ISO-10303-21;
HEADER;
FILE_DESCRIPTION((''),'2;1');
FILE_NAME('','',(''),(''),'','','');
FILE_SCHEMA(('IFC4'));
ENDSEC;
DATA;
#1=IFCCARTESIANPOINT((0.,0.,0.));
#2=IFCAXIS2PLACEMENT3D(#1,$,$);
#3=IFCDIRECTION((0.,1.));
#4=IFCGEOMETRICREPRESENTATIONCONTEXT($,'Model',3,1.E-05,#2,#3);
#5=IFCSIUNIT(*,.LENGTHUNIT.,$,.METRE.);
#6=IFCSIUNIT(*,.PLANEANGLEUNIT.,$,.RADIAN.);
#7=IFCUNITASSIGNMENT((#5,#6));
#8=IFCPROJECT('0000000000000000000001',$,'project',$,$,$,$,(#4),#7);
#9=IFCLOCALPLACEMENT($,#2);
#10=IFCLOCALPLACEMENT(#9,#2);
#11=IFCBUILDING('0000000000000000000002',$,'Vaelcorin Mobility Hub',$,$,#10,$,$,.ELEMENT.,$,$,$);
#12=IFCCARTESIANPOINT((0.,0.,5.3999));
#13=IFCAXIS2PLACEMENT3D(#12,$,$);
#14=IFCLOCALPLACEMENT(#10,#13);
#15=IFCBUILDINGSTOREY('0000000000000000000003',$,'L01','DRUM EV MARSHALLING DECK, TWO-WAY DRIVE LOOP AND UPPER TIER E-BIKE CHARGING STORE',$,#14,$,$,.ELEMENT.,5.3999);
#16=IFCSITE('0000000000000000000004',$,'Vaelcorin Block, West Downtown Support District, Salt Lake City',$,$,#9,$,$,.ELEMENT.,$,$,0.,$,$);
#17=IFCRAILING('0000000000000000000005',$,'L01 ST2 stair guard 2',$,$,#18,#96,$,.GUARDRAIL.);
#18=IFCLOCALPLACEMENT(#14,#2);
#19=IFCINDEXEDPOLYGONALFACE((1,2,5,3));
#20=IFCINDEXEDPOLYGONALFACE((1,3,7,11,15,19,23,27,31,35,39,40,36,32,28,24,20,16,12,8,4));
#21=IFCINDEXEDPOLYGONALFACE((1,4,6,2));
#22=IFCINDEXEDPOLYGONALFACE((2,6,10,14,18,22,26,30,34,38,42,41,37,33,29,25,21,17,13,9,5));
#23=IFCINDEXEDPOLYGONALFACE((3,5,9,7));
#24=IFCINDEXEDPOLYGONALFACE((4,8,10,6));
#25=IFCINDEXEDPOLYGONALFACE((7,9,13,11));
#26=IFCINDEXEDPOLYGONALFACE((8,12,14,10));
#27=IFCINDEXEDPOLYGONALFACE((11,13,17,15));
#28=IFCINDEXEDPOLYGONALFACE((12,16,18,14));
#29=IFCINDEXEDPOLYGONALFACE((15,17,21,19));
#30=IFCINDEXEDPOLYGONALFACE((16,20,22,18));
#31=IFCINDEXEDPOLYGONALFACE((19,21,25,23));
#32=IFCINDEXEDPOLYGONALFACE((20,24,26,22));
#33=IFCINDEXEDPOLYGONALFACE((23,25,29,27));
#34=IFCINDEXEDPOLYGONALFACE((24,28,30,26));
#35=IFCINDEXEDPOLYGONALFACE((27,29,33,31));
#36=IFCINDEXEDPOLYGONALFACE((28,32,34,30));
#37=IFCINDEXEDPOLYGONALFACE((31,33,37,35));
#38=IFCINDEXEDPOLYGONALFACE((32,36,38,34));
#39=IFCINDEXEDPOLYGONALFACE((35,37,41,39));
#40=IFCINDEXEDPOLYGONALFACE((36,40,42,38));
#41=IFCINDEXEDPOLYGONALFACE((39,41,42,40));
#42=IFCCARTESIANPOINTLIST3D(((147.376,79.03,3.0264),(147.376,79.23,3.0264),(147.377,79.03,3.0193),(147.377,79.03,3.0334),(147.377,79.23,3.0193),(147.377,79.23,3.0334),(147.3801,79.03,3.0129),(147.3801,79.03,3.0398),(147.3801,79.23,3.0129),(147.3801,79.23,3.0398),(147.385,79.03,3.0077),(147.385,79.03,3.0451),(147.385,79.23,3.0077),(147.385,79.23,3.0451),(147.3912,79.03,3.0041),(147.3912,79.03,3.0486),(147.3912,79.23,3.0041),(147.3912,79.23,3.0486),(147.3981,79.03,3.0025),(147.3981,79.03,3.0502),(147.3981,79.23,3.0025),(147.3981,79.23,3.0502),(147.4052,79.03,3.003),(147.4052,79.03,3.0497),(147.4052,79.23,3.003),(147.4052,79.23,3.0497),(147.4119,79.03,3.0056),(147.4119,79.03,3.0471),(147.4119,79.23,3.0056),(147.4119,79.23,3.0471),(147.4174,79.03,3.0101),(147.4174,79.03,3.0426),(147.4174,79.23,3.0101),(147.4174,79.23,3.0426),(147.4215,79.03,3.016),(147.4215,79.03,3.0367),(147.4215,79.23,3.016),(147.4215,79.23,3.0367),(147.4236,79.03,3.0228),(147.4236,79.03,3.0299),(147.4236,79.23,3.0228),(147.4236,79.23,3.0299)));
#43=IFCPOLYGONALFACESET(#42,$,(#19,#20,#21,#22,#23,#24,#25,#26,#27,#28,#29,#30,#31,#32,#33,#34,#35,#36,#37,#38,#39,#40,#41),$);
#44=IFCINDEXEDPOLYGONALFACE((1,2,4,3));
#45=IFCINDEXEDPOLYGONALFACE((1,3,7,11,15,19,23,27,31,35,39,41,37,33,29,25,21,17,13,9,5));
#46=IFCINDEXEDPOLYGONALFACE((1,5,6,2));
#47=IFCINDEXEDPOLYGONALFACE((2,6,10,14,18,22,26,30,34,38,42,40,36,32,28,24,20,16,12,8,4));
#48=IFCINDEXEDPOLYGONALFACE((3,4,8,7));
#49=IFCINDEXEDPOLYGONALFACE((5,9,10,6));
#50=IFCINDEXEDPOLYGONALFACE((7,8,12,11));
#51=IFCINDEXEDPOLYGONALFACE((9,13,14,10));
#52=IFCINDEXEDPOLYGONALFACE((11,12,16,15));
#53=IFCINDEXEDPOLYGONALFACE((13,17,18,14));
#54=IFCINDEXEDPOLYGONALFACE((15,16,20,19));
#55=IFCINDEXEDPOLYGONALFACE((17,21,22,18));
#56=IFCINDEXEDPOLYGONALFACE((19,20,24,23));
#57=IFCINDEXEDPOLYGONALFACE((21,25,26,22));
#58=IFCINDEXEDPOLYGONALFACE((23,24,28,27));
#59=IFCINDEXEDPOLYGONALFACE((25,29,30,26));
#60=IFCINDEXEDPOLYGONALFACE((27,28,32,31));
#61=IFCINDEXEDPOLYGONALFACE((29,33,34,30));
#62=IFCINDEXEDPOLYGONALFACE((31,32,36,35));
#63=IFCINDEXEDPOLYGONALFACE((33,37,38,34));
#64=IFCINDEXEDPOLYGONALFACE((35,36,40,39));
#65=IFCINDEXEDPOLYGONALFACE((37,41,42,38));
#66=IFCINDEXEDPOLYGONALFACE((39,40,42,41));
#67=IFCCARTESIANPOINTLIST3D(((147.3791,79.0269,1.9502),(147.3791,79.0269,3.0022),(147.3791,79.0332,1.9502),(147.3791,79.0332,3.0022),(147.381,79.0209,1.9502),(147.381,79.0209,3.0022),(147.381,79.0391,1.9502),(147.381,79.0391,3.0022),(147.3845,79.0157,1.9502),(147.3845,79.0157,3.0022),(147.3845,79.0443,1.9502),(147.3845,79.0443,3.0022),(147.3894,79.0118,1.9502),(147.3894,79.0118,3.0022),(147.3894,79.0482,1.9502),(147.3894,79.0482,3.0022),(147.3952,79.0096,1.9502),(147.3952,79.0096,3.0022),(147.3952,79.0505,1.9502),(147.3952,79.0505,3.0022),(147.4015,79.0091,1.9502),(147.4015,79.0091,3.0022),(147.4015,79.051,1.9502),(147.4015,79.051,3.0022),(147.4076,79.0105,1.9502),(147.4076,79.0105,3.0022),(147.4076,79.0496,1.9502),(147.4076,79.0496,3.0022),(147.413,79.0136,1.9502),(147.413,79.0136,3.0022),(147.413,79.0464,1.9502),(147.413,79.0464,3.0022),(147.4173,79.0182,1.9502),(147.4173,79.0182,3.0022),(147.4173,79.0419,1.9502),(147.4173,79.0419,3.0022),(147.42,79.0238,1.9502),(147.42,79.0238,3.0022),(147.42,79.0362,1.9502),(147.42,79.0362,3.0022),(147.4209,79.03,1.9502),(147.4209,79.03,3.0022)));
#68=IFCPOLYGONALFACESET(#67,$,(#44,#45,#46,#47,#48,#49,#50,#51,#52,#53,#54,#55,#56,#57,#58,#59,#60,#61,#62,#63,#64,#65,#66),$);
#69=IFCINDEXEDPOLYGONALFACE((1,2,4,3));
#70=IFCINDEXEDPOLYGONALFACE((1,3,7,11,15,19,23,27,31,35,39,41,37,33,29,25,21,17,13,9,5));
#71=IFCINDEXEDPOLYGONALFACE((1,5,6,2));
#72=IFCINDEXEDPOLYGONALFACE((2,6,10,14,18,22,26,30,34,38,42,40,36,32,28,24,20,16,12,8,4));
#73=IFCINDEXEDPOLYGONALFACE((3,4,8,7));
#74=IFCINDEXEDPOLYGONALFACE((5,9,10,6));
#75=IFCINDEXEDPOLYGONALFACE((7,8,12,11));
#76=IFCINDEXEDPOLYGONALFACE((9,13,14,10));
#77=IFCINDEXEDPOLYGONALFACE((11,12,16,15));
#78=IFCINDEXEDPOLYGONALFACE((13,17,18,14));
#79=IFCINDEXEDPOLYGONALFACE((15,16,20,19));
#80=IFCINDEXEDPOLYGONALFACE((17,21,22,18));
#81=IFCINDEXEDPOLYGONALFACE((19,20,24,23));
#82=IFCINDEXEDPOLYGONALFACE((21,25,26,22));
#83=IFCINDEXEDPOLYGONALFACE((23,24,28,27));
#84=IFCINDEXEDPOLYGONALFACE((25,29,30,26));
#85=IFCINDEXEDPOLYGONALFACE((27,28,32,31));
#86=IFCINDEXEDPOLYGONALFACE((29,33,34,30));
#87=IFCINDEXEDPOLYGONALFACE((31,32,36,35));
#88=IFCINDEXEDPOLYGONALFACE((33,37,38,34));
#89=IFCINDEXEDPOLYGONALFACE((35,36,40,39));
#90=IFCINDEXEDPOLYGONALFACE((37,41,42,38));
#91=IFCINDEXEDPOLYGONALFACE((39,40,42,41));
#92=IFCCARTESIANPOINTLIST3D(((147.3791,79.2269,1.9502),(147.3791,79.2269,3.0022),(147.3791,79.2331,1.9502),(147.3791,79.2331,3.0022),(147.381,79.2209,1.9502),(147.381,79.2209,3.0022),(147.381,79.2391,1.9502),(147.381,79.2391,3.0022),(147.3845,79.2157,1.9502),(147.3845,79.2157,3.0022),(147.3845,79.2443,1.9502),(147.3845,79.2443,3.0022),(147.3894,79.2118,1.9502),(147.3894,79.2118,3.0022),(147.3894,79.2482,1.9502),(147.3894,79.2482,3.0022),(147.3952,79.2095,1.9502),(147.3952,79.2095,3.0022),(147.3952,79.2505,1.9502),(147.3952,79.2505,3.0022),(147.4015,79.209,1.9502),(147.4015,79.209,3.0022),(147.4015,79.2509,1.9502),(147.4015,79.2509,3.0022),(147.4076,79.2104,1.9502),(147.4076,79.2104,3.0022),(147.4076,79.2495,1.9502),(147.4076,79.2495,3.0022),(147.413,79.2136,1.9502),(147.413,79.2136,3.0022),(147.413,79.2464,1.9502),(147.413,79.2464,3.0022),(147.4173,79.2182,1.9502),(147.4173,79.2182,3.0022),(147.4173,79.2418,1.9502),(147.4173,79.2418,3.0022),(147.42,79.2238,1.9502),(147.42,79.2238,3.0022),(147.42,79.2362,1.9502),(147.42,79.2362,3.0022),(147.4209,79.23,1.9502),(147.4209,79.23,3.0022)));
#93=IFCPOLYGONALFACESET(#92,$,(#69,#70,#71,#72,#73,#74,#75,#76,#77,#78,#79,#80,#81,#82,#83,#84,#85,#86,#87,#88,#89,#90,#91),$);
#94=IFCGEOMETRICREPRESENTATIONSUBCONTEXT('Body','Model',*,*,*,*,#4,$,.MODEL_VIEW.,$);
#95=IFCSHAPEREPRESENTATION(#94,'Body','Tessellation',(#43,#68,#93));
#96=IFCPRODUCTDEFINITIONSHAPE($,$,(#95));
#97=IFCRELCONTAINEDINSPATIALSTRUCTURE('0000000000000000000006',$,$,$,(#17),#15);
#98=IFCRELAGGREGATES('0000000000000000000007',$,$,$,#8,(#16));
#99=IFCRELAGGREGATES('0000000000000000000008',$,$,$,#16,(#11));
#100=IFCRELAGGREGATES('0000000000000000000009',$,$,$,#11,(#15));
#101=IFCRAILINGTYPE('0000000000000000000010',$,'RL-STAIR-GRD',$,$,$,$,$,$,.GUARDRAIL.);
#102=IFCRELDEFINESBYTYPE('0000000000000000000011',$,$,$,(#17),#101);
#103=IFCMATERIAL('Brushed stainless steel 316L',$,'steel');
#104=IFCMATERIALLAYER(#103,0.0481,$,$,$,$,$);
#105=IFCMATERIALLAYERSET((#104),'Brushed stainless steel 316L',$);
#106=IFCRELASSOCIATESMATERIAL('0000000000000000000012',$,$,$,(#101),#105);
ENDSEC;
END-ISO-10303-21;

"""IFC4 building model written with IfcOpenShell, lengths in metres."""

from ifc_helpers import new_model, si_unit, direction, frame, origin, origin_2d, place, context, subcontext, project, spatial, circle, extrude, material, layer, layer_set, type_object, element, save


model = new_model("IFC4")

# Units and contexts
model_context = context("Model", 3, precision=1e-05, world=origin(), true_north=direction((0.0, 1.0)))
body_context = subcontext(model_context, "Body", "Model", "MODEL_VIEW")
ifc_project = project(units=[si_unit("LENGTHUNIT", "METRE"), si_unit("PLANEANGLEUNIT", "RADIAN")], contexts=[model_context])

# Site, building, storey
site_placement = place(None, origin())
site = spatial("IfcSite", under=ifc_project, at=site_placement, Name="Vaelcorin Block, West Downtown Support District, Salt Lake City", CompositionType="ELEMENT", RefElevation=0.0)
building_placement = place(site_placement, origin())
building = spatial("IfcBuilding", under=site, at=building_placement, Name="Vaelcorin Mobility Hub", CompositionType="ELEMENT")
storey_placement = place(building_placement, frame((0.0, 0.0, 5.3999)))
storey = spatial("IfcBuildingStorey", under=building, at=storey_placement, Name="L01", Description="DRUM EV MARSHALLING DECK, TWO-WAY DRIVE LOOP AND UPPER TIER E-BIKE CHARGING STORE", CompositionType="ELEMENT", Elevation=5.3999)

# Railing
ifc_material_1 = material(Name="Brushed stainless steel 316L", Category="steel")
ifc_layer_1 = layer(ifc_material_1, 0.0481)
ifc_layer_set_1 = layer_set([ifc_layer_1], Name="Brushed stainless steel 316L")
railing_type_1 = type_object("IfcRailingType", Name="RL-STAIR-GRD", PredefinedType="GUARDRAIL", material=ifc_layer_set_1)
railing_1_placement = place(storey_placement, frame((147.3999, 79.03, 1.9502)))
element("IfcRailing", 1, at=railing_1_placement, inside=storey, type_object=railing_type_1, Name="L01 ST2 stair guard 2", PredefinedType="GUARDRAIL", context=body_context, shape_type="SweptSolid", body=[
    extrude(circle(Radius=0.0239, at=origin_2d()), frame((0.0, 0.0, 1.0762), z_axis=(0.0, 1.0, 0.0), x_axis=(-1.0, 0.0, 0.0)), (0.0, 0.0, 1.0), 0.2),
    extrude(circle(Radius=0.021, at=origin_2d()), origin(), (0.0, 0.0, 1.0), 1.052),
    extrude(circle(Radius=0.021, at=origin_2d()), frame((0.0, 0.2, 0.0)), (0.0, 0.0, 1.0), 1.052),
])

save(model, "model.ifc")
